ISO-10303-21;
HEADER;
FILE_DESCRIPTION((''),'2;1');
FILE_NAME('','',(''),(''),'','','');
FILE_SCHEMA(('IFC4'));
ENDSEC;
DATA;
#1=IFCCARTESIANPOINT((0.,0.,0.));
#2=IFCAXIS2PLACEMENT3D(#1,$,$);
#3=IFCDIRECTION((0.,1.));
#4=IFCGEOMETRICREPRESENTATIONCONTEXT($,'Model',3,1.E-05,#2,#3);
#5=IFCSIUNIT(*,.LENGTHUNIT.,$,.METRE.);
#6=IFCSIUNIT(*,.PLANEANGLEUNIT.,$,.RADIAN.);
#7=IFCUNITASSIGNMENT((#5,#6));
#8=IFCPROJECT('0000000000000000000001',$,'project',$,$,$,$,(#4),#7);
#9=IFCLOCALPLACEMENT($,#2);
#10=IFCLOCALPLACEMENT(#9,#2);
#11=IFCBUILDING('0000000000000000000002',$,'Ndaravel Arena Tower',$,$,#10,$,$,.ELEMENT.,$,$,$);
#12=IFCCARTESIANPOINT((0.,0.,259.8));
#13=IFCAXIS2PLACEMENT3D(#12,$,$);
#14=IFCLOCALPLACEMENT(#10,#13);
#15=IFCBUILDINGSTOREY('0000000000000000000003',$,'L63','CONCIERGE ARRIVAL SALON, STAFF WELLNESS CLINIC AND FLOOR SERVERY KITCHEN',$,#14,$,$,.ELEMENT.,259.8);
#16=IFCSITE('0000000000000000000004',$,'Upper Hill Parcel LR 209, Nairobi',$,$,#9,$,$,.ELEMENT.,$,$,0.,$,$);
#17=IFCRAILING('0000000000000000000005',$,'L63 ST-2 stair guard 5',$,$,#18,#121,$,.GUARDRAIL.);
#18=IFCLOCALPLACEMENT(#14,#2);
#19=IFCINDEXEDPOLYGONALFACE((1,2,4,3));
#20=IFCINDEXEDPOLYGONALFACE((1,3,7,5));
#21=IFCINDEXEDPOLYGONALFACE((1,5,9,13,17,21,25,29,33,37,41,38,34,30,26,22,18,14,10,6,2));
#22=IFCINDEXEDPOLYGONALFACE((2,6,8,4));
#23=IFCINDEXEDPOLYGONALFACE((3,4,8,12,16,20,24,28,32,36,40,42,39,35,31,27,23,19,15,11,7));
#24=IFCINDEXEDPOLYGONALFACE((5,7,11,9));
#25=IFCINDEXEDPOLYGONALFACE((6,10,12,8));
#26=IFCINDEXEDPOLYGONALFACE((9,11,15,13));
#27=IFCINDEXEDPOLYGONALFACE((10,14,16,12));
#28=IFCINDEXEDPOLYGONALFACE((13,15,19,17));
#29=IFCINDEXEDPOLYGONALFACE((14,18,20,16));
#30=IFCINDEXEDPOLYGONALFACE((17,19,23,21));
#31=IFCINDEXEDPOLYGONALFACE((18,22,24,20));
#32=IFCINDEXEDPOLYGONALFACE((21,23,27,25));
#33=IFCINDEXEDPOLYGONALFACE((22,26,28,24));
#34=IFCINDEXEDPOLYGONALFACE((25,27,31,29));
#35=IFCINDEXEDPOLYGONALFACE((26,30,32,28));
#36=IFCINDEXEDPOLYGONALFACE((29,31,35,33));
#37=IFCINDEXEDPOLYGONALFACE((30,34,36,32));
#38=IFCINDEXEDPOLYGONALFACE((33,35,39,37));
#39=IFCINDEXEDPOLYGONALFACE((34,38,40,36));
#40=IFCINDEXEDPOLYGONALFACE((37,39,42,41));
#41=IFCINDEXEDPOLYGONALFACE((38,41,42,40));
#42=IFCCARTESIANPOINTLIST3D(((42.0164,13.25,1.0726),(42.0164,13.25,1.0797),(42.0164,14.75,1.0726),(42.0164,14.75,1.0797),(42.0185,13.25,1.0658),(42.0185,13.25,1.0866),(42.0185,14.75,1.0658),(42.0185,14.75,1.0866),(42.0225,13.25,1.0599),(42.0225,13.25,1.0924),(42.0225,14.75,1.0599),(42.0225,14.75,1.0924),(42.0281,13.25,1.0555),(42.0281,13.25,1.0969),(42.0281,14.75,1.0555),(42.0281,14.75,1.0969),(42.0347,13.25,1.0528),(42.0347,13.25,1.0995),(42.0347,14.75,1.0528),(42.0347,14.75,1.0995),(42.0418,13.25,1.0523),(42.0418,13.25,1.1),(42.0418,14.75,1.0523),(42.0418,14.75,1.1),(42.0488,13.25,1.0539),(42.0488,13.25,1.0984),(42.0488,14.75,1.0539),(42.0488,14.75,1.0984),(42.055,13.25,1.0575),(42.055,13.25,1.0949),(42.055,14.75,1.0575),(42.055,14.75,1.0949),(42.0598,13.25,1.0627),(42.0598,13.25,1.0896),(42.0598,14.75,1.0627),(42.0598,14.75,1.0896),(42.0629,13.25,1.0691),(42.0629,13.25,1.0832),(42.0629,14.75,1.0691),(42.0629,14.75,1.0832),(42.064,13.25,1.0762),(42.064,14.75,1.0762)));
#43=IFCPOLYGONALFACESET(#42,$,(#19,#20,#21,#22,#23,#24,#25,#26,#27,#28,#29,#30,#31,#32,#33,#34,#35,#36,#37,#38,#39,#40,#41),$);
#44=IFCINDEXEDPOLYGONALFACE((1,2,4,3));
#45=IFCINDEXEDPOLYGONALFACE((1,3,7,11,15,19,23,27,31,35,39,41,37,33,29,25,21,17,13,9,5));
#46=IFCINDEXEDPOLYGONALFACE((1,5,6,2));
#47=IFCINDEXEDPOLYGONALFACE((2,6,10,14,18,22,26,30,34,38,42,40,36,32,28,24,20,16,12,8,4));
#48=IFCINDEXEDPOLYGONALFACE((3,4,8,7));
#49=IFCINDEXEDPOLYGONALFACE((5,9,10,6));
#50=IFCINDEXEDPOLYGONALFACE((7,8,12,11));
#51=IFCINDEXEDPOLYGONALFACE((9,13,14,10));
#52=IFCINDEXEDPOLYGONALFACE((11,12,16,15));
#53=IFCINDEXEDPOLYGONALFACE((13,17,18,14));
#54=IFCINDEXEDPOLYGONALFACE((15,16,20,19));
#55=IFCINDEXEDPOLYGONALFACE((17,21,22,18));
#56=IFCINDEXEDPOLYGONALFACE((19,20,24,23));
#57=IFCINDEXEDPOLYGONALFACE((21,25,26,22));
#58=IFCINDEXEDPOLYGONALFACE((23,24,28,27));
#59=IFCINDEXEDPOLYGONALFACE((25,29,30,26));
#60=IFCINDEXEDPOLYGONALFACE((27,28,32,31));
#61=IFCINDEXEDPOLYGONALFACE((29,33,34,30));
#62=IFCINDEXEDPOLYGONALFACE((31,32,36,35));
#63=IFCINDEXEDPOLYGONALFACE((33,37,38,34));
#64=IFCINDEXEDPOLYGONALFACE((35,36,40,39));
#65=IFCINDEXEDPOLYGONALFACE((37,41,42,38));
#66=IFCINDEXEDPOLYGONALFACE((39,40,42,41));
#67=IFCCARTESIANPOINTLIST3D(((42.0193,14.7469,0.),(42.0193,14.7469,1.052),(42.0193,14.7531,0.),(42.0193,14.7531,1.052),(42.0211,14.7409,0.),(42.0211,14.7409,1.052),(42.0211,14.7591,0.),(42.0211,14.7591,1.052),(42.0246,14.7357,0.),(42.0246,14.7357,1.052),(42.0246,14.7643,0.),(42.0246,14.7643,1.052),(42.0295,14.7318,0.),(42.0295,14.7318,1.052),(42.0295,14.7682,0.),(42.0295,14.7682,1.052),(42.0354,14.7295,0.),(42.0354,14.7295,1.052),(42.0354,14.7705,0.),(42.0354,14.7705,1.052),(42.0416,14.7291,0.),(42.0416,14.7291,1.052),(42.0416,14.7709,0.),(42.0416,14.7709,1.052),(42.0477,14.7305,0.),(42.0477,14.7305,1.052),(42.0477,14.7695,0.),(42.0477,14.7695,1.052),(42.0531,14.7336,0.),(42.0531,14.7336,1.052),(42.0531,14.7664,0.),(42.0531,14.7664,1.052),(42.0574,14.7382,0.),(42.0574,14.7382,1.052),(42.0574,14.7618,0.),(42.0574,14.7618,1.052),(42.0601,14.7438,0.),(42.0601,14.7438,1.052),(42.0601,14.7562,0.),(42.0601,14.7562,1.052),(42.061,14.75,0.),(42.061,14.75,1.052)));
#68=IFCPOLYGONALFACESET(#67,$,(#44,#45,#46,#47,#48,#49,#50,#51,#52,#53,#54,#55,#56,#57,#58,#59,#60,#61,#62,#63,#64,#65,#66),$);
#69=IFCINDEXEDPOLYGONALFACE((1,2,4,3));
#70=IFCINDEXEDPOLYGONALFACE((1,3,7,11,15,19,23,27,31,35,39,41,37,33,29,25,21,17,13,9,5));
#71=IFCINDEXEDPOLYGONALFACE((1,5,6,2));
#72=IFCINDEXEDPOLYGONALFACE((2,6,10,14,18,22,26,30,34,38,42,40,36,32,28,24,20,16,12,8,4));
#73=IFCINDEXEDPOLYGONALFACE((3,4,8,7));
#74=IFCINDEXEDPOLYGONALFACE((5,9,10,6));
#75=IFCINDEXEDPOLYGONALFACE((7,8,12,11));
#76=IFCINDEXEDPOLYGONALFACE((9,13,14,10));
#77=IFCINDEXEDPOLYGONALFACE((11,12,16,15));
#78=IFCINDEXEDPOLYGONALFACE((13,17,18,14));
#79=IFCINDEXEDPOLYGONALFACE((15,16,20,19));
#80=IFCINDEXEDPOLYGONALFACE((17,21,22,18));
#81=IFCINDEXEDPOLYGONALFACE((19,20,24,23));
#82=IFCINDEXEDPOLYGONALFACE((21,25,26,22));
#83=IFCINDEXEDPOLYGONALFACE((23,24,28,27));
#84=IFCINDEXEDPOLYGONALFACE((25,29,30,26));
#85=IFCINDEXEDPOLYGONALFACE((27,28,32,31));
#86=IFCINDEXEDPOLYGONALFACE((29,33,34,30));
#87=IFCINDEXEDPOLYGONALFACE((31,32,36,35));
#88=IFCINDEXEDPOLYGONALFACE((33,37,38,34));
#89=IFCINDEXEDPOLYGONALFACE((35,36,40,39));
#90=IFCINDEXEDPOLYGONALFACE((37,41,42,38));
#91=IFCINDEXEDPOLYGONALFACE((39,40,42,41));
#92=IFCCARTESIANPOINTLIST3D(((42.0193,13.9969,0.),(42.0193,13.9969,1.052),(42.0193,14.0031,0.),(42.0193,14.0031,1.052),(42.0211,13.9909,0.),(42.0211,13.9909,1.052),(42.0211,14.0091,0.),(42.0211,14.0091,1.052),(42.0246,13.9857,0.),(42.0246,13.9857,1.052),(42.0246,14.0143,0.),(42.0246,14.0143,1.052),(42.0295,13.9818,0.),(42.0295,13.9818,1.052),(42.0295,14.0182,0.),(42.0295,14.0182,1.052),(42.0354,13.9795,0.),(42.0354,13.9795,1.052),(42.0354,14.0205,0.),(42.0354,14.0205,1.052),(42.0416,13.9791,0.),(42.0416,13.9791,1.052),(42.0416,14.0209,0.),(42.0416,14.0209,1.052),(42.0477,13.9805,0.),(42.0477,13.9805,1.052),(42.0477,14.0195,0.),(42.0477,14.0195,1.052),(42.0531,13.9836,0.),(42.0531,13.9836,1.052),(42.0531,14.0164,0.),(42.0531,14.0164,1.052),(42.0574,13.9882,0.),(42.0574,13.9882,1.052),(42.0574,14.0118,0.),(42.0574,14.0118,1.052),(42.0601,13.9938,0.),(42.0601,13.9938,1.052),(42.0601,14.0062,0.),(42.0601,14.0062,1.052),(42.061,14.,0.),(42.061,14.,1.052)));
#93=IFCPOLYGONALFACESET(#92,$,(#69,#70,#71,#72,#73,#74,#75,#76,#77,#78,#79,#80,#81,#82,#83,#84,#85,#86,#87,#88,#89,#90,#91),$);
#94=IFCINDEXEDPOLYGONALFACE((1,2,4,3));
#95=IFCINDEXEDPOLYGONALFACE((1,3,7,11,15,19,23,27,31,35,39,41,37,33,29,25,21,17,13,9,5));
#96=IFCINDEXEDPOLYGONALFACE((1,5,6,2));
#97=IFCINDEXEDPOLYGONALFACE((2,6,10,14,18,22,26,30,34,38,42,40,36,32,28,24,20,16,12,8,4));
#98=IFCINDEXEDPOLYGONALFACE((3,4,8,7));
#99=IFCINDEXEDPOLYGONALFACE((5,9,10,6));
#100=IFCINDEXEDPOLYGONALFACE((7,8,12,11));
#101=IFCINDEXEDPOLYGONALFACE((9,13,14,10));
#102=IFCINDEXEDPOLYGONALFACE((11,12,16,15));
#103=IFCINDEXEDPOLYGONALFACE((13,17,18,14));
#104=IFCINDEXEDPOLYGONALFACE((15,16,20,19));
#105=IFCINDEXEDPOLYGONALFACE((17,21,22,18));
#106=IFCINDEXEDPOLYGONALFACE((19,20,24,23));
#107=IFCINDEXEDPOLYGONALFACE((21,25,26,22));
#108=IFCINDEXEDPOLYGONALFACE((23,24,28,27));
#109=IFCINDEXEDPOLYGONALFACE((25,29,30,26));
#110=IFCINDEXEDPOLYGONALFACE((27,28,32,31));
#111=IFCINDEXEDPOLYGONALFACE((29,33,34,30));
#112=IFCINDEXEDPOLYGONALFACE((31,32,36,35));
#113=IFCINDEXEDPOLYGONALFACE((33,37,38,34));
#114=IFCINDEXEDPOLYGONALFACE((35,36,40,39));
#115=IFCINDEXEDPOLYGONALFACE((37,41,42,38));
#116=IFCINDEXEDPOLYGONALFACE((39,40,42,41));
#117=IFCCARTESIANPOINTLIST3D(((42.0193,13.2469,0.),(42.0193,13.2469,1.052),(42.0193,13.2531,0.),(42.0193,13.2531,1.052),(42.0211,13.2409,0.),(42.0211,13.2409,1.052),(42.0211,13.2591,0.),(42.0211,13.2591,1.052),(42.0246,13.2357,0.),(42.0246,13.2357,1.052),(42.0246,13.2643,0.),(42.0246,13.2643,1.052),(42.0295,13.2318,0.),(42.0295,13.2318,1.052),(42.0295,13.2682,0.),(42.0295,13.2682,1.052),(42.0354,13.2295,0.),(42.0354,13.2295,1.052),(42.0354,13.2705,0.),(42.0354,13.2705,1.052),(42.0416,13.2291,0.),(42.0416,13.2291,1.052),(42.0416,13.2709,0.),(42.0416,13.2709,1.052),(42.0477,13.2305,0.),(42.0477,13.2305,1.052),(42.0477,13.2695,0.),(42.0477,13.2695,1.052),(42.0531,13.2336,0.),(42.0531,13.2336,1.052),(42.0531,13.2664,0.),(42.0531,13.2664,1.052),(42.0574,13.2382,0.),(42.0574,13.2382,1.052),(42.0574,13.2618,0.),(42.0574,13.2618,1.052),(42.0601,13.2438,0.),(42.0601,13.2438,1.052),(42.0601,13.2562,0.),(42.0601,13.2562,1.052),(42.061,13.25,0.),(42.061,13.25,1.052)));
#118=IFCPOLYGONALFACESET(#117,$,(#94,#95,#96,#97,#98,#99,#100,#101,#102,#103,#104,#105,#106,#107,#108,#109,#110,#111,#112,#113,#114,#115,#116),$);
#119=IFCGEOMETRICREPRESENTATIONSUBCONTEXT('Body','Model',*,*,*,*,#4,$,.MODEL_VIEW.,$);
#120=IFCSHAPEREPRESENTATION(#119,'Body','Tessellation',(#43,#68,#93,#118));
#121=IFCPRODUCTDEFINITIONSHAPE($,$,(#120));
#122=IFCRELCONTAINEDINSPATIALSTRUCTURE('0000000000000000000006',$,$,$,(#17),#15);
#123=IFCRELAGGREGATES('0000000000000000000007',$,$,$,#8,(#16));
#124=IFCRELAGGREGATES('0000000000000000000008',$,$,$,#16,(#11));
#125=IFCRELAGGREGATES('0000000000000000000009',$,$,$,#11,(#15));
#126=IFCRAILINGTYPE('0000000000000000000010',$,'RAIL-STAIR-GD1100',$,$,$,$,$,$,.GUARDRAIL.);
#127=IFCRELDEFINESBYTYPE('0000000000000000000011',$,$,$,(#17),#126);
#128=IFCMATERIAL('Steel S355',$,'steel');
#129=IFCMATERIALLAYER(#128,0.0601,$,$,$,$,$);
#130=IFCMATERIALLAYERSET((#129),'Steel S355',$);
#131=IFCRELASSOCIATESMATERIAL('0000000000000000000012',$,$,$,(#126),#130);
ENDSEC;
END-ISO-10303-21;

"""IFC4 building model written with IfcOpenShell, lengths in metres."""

from ifc_helpers import new_model, si_unit, direction, frame, origin, origin_2d, place, context, subcontext, project, spatial, circle, extrude, material, layer, layer_set, type_object, element, save


model = new_model("IFC4")

# Units and contexts
model_context = context("Model", 3, precision=1e-05, world=origin(), true_north=direction((0.0, 1.0)))
body_context = subcontext(model_context, "Body", "Model", "MODEL_VIEW")
ifc_project = project(units=[si_unit("LENGTHUNIT", "METRE"), si_unit("PLANEANGLEUNIT", "RADIAN")], contexts=[model_context])

# Site, building, storey
site_placement = place(None, origin())
site = spatial("IfcSite", under=ifc_project, at=site_placement, Name="Upper Hill Parcel LR 209, Nairobi", CompositionType="ELEMENT", RefElevation=0.0)
building_placement = place(site_placement, origin())
building = spatial("IfcBuilding", under=site, at=building_placement, Name="Ndaravel Arena Tower", CompositionType="ELEMENT")
storey_placement = place(building_placement, frame((0.0, 0.0, 259.8)))
storey = spatial("IfcBuildingStorey", under=building, at=storey_placement, Name="L63", Description="CONCIERGE ARRIVAL SALON, STAFF WELLNESS CLINIC AND FLOOR SERVERY KITCHEN", CompositionType="ELEMENT", Elevation=259.8)

# Railing
ifc_material_1 = material(Name="Steel S355", Category="steel")
ifc_layer_1 = layer(ifc_material_1, 0.0601)
ifc_layer_set_1 = layer_set([ifc_layer_1], Name="Steel S355")
railing_type = type_object("IfcRailingType", Name="RAIL-STAIR-GD1100", PredefinedType="GUARDRAIL", material=ifc_layer_set_1)
railing_1_placement = place(storey_placement, frame((42.04, 14.75, 0.0)))
element("IfcRailing", 1, at=railing_1_placement, inside=storey, type_object=railing_type, Name="L63 ST-2 stair guard 5", PredefinedType="GUARDRAIL", context=body_context, shape_type="SweptSolid", body=[
    extrude(circle(Radius=0.0239, at=origin_2d()), frame((0.0, 0.0, 1.0762), z_axis=(0.0, -1.0, 0.0), x_axis=(1.0, 0.0, 0.0)), (0.0, 0.0, 1.0), 1.5),
    extrude(circle(Radius=0.021, at=origin_2d()), origin(), (0.0, 0.0, 1.0), 1.052),
    extrude(circle(Radius=0.021, at=origin_2d()), frame((0.0, -0.75, 0.0)), (0.0, 0.0, 1.0), 1.052),
    extrude(circle(Radius=0.021, at=origin_2d()), frame((0.0, -1.5, 0.0)), (0.0, 0.0, 1.0), 1.052),
])

save(model, "model.ifc")
